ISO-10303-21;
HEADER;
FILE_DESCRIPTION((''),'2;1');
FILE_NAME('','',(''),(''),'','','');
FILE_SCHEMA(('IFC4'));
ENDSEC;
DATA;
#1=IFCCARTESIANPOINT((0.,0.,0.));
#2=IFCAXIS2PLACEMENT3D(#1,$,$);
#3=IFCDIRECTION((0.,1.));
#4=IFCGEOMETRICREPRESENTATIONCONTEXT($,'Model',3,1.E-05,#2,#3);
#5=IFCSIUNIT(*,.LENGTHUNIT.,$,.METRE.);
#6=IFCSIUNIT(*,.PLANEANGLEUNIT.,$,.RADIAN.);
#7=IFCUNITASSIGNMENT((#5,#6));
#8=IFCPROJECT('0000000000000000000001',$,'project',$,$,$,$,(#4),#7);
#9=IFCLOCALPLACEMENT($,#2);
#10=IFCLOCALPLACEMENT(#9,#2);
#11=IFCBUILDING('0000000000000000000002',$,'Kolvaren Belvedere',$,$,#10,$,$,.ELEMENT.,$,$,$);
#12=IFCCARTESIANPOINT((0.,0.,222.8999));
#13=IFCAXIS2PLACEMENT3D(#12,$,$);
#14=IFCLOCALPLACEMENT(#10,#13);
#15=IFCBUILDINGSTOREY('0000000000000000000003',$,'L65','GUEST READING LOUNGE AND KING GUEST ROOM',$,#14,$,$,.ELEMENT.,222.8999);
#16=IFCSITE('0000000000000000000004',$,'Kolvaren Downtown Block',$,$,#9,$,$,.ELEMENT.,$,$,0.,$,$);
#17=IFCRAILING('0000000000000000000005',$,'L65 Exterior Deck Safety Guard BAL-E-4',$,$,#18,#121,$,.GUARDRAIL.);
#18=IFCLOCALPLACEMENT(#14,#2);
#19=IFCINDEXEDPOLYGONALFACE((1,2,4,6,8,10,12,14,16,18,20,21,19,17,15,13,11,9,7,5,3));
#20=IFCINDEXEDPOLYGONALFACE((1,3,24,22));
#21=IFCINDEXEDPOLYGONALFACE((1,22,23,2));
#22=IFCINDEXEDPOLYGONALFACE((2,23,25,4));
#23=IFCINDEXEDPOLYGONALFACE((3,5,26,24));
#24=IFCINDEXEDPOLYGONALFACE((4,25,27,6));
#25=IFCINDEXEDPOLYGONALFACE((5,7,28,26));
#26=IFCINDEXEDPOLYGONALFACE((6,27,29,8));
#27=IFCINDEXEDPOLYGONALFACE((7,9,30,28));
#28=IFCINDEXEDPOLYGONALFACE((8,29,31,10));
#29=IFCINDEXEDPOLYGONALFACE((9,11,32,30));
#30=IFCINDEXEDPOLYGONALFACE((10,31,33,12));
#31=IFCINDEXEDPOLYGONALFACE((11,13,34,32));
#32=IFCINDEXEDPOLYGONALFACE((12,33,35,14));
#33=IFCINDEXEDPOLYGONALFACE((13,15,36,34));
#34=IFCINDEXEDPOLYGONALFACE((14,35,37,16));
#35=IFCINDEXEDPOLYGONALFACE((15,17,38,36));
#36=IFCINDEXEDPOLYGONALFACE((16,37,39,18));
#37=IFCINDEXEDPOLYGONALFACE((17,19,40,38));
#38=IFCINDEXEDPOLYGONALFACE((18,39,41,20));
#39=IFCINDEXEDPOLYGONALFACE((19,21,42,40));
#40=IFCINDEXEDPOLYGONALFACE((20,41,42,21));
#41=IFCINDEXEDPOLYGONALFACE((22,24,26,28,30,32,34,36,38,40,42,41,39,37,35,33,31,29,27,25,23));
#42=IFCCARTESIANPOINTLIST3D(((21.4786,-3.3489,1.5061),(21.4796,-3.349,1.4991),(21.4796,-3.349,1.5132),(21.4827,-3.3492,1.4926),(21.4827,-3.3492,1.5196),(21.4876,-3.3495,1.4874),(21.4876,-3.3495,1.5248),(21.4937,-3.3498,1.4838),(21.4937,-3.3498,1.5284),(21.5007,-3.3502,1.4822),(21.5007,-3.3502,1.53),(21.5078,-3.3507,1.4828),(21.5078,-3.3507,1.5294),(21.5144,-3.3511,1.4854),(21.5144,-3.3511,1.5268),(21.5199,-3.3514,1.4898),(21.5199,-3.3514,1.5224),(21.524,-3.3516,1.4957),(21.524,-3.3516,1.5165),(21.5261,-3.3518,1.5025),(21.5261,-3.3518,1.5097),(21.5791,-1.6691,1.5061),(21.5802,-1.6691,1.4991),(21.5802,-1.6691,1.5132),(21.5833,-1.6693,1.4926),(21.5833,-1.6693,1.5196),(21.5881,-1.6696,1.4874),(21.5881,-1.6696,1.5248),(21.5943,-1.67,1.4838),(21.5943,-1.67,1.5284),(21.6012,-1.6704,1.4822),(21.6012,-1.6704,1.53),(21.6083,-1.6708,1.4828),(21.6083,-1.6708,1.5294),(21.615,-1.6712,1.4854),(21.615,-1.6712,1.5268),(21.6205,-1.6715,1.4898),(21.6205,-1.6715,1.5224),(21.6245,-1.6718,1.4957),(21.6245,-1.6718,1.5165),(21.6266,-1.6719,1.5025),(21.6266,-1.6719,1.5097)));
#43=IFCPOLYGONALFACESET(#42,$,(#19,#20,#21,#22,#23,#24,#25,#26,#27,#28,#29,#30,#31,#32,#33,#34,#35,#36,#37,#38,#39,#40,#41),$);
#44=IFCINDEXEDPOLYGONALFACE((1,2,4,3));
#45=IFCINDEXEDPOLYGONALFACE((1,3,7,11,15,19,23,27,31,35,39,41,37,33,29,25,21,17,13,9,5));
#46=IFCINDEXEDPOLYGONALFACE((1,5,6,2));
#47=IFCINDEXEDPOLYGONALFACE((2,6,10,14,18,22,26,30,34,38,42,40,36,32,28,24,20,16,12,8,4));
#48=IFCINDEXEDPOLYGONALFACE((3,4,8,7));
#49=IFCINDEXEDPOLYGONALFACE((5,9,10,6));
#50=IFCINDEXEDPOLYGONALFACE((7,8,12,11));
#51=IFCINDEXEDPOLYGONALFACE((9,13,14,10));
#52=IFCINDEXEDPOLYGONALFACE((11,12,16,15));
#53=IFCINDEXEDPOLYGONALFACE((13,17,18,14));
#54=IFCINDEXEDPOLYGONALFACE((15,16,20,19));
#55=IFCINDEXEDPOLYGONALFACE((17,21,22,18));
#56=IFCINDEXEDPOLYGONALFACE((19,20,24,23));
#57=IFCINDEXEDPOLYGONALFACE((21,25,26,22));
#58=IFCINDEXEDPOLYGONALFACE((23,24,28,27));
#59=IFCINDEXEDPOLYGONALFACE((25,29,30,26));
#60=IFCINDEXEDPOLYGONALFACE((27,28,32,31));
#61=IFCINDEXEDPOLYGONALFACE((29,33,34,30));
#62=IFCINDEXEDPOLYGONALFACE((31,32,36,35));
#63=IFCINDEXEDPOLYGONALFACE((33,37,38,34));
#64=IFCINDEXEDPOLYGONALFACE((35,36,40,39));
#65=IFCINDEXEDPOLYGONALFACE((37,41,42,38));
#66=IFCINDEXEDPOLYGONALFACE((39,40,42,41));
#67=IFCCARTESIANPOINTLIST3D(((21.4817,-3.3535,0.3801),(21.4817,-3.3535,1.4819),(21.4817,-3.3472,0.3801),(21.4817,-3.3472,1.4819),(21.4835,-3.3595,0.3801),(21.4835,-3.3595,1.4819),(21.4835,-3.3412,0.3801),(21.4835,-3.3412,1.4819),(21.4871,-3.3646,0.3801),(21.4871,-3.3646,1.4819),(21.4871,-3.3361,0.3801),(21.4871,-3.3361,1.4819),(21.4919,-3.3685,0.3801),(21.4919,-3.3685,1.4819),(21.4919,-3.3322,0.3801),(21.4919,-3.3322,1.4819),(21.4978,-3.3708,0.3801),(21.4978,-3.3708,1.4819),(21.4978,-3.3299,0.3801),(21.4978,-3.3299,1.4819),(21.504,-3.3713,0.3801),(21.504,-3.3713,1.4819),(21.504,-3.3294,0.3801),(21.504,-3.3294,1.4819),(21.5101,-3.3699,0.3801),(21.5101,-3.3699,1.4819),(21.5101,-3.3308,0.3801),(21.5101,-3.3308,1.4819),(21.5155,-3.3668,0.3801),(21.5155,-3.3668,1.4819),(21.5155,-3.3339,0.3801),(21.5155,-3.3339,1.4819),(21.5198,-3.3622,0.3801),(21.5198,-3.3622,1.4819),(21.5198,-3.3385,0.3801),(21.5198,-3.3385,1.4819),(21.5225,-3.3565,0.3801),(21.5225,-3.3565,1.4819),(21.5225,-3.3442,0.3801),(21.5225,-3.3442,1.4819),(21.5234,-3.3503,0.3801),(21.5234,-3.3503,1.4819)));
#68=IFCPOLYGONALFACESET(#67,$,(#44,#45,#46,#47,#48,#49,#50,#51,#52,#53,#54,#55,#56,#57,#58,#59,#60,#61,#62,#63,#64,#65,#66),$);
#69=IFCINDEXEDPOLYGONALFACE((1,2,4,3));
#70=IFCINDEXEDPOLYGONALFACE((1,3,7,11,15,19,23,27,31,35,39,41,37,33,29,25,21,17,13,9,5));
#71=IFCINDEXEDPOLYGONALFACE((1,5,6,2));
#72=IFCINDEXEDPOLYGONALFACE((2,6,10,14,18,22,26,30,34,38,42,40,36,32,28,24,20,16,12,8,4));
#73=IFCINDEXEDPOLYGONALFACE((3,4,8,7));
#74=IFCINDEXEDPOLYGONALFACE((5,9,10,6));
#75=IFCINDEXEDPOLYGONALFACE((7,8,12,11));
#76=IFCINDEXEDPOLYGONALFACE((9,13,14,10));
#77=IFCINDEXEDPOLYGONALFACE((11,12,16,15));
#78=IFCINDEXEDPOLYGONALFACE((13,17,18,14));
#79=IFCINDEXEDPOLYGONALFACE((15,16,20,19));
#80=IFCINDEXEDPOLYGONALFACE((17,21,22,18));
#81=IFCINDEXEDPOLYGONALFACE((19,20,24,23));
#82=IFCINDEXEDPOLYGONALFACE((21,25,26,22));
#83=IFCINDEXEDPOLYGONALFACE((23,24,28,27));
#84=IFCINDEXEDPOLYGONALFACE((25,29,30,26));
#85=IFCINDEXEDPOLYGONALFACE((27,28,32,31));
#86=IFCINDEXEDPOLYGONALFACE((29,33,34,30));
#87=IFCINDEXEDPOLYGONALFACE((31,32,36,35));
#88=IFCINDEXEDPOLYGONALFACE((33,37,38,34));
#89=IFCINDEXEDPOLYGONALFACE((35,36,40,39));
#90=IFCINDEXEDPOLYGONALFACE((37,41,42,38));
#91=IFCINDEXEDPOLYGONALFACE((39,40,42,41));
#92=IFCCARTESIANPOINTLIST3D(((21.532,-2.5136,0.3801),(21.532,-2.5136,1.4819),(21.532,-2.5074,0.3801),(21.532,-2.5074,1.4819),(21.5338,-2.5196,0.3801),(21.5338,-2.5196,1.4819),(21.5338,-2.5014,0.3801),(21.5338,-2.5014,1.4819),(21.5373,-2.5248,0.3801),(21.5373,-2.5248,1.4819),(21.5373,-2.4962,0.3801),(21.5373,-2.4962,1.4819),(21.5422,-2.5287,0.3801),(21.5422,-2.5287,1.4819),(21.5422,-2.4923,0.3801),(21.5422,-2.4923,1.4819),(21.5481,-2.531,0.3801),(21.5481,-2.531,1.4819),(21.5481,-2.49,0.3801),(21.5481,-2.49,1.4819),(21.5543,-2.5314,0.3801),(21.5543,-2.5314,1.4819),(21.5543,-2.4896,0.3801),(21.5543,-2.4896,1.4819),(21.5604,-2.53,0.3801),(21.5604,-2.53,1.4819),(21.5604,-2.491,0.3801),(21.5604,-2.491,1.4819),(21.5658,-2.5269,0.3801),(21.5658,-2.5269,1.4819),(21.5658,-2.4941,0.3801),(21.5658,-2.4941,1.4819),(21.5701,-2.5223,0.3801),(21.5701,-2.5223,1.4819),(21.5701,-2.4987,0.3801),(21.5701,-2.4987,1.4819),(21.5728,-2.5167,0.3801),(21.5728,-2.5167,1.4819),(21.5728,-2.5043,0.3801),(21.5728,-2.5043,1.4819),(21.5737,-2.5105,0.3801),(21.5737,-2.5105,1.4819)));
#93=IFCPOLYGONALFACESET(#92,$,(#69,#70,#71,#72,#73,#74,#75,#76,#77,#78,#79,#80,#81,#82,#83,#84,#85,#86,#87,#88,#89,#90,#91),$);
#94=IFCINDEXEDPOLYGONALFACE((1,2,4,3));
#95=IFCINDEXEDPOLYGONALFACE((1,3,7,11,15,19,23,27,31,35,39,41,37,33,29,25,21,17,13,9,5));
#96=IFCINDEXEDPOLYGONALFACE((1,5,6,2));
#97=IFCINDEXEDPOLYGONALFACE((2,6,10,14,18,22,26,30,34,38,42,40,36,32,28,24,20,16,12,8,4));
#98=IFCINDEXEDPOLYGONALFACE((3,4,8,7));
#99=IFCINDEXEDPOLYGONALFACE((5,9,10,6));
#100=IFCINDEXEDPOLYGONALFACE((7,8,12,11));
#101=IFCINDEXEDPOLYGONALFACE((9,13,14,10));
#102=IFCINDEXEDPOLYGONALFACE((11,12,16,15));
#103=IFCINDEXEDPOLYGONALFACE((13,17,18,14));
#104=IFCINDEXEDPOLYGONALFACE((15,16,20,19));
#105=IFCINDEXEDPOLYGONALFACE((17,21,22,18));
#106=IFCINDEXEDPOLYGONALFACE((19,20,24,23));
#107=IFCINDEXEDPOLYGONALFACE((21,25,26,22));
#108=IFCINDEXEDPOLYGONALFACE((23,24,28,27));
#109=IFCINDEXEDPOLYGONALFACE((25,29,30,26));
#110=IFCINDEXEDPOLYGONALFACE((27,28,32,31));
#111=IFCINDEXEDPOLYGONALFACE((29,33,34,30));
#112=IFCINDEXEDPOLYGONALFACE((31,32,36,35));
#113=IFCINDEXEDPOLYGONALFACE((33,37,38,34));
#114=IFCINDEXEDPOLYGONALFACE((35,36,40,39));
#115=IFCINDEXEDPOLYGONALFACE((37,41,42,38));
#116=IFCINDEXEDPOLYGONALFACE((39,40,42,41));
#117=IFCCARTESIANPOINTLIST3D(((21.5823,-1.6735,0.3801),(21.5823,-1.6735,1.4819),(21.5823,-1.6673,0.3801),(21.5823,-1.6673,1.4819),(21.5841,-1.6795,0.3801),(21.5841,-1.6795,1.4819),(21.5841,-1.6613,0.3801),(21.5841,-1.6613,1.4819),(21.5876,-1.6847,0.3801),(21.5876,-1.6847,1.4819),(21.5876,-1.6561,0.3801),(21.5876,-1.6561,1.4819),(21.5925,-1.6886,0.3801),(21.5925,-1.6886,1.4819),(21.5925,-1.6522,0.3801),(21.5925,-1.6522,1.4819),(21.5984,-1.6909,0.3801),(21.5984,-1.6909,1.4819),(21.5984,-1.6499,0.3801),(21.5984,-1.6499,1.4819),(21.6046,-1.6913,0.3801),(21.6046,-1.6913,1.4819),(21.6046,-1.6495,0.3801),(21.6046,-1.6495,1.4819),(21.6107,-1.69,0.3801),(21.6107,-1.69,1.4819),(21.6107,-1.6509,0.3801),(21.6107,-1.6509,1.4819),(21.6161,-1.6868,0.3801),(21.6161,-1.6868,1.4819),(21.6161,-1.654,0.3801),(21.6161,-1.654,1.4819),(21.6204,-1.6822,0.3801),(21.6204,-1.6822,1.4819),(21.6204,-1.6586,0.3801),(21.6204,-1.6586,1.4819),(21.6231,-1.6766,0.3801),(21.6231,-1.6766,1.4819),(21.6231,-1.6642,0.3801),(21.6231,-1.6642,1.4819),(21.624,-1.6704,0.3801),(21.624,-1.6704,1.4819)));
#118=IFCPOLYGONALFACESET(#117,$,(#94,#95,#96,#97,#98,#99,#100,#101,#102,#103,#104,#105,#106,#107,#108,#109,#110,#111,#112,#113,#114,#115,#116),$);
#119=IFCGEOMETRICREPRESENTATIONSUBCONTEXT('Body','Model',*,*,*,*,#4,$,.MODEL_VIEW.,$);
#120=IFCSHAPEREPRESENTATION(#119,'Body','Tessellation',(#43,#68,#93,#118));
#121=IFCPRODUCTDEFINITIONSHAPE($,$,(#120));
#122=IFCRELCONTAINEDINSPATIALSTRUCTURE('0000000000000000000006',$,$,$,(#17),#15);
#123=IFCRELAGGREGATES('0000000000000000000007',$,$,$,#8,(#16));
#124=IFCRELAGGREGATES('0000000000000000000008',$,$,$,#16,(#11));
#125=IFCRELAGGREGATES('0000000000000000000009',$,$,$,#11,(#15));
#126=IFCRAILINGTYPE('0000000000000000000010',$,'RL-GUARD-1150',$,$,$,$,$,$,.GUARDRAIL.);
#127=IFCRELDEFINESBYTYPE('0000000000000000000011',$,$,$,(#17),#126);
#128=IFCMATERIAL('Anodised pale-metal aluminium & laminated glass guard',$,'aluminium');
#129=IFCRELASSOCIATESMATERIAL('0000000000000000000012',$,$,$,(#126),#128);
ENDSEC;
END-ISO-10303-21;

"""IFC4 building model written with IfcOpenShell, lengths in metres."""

from ifc_helpers import new_model, si_unit, direction, frame, origin, origin_2d, place, context, subcontext, project, spatial, circle, extrude, material, type_object, element, save


model = new_model("IFC4")

# Units and contexts
model_context = context("Model", 3, precision=1e-05, world=origin(), true_north=direction((0.0, 1.0)))
body_context = subcontext(model_context, "Body", "Model", "MODEL_VIEW")
ifc_project = project(units=[si_unit("LENGTHUNIT", "METRE"), si_unit("PLANEANGLEUNIT", "RADIAN")], contexts=[model_context])

# Site, building, storey
site_placement = place(None, origin())
site = spatial("IfcSite", under=ifc_project, at=site_placement, Name="Kolvaren Downtown Block", CompositionType="ELEMENT", RefElevation=0.0)
building_placement = place(site_placement, origin())
building = spatial("IfcBuilding", under=site, at=building_placement, Name="Kolvaren Belvedere", CompositionType="ELEMENT")
storey_placement = place(building_placement, frame((0.0, 0.0, 222.8999)))
storey = spatial("IfcBuildingStorey", under=building, at=storey_placement, Name="L65", Description="GUEST READING LOUNGE AND KING GUEST ROOM", CompositionType="ELEMENT", Elevation=222.8999)

# Railing
ifc_material_1 = material(Name="Anodised pale-metal aluminium & laminated glass guard", Category="aluminium")
railing_type = type_object("IfcRailingType", Name="RL-GUARD-1150", PredefinedType="GUARDRAIL", material=ifc_material_1)
railing_1_placement = place(storey_placement, frame((21.5024, -3.3503, 0.3801)))
element("IfcRailing", 1, at=railing_1_placement, inside=storey, type_object=railing_type, Name="L65 Exterior Deck Safety Guard BAL-E-4", PredefinedType="GUARDRAIL", context=body_context, shape_type="SweptSolid", body=[
    extrude(circle(Radius=0.0239, at=origin_2d()), frame((0.0, 0.0, 1.126), z_axis=(0.059768, 0.998212, 0.0), x_axis=(-0.998212, 0.059768, 0.0)), (0.0, 0.0, 1.0), 1.6829),
    extrude(circle(Radius=0.021, at=origin_2d()), origin(), (0.0, 0.0, 1.0), 1.1018),
    extrude(circle(Radius=0.021, at=origin_2d()), frame((0.0503, 0.8398, 0.0)), (0.0, 0.0, 1.0), 1.1018),
    extrude(circle(Radius=0.021, at=origin_2d()), frame((0.1006, 1.6799, 0.0)), (0.0, 0.0, 1.0), 1.1018),
])

save(model, "model.ifc")
